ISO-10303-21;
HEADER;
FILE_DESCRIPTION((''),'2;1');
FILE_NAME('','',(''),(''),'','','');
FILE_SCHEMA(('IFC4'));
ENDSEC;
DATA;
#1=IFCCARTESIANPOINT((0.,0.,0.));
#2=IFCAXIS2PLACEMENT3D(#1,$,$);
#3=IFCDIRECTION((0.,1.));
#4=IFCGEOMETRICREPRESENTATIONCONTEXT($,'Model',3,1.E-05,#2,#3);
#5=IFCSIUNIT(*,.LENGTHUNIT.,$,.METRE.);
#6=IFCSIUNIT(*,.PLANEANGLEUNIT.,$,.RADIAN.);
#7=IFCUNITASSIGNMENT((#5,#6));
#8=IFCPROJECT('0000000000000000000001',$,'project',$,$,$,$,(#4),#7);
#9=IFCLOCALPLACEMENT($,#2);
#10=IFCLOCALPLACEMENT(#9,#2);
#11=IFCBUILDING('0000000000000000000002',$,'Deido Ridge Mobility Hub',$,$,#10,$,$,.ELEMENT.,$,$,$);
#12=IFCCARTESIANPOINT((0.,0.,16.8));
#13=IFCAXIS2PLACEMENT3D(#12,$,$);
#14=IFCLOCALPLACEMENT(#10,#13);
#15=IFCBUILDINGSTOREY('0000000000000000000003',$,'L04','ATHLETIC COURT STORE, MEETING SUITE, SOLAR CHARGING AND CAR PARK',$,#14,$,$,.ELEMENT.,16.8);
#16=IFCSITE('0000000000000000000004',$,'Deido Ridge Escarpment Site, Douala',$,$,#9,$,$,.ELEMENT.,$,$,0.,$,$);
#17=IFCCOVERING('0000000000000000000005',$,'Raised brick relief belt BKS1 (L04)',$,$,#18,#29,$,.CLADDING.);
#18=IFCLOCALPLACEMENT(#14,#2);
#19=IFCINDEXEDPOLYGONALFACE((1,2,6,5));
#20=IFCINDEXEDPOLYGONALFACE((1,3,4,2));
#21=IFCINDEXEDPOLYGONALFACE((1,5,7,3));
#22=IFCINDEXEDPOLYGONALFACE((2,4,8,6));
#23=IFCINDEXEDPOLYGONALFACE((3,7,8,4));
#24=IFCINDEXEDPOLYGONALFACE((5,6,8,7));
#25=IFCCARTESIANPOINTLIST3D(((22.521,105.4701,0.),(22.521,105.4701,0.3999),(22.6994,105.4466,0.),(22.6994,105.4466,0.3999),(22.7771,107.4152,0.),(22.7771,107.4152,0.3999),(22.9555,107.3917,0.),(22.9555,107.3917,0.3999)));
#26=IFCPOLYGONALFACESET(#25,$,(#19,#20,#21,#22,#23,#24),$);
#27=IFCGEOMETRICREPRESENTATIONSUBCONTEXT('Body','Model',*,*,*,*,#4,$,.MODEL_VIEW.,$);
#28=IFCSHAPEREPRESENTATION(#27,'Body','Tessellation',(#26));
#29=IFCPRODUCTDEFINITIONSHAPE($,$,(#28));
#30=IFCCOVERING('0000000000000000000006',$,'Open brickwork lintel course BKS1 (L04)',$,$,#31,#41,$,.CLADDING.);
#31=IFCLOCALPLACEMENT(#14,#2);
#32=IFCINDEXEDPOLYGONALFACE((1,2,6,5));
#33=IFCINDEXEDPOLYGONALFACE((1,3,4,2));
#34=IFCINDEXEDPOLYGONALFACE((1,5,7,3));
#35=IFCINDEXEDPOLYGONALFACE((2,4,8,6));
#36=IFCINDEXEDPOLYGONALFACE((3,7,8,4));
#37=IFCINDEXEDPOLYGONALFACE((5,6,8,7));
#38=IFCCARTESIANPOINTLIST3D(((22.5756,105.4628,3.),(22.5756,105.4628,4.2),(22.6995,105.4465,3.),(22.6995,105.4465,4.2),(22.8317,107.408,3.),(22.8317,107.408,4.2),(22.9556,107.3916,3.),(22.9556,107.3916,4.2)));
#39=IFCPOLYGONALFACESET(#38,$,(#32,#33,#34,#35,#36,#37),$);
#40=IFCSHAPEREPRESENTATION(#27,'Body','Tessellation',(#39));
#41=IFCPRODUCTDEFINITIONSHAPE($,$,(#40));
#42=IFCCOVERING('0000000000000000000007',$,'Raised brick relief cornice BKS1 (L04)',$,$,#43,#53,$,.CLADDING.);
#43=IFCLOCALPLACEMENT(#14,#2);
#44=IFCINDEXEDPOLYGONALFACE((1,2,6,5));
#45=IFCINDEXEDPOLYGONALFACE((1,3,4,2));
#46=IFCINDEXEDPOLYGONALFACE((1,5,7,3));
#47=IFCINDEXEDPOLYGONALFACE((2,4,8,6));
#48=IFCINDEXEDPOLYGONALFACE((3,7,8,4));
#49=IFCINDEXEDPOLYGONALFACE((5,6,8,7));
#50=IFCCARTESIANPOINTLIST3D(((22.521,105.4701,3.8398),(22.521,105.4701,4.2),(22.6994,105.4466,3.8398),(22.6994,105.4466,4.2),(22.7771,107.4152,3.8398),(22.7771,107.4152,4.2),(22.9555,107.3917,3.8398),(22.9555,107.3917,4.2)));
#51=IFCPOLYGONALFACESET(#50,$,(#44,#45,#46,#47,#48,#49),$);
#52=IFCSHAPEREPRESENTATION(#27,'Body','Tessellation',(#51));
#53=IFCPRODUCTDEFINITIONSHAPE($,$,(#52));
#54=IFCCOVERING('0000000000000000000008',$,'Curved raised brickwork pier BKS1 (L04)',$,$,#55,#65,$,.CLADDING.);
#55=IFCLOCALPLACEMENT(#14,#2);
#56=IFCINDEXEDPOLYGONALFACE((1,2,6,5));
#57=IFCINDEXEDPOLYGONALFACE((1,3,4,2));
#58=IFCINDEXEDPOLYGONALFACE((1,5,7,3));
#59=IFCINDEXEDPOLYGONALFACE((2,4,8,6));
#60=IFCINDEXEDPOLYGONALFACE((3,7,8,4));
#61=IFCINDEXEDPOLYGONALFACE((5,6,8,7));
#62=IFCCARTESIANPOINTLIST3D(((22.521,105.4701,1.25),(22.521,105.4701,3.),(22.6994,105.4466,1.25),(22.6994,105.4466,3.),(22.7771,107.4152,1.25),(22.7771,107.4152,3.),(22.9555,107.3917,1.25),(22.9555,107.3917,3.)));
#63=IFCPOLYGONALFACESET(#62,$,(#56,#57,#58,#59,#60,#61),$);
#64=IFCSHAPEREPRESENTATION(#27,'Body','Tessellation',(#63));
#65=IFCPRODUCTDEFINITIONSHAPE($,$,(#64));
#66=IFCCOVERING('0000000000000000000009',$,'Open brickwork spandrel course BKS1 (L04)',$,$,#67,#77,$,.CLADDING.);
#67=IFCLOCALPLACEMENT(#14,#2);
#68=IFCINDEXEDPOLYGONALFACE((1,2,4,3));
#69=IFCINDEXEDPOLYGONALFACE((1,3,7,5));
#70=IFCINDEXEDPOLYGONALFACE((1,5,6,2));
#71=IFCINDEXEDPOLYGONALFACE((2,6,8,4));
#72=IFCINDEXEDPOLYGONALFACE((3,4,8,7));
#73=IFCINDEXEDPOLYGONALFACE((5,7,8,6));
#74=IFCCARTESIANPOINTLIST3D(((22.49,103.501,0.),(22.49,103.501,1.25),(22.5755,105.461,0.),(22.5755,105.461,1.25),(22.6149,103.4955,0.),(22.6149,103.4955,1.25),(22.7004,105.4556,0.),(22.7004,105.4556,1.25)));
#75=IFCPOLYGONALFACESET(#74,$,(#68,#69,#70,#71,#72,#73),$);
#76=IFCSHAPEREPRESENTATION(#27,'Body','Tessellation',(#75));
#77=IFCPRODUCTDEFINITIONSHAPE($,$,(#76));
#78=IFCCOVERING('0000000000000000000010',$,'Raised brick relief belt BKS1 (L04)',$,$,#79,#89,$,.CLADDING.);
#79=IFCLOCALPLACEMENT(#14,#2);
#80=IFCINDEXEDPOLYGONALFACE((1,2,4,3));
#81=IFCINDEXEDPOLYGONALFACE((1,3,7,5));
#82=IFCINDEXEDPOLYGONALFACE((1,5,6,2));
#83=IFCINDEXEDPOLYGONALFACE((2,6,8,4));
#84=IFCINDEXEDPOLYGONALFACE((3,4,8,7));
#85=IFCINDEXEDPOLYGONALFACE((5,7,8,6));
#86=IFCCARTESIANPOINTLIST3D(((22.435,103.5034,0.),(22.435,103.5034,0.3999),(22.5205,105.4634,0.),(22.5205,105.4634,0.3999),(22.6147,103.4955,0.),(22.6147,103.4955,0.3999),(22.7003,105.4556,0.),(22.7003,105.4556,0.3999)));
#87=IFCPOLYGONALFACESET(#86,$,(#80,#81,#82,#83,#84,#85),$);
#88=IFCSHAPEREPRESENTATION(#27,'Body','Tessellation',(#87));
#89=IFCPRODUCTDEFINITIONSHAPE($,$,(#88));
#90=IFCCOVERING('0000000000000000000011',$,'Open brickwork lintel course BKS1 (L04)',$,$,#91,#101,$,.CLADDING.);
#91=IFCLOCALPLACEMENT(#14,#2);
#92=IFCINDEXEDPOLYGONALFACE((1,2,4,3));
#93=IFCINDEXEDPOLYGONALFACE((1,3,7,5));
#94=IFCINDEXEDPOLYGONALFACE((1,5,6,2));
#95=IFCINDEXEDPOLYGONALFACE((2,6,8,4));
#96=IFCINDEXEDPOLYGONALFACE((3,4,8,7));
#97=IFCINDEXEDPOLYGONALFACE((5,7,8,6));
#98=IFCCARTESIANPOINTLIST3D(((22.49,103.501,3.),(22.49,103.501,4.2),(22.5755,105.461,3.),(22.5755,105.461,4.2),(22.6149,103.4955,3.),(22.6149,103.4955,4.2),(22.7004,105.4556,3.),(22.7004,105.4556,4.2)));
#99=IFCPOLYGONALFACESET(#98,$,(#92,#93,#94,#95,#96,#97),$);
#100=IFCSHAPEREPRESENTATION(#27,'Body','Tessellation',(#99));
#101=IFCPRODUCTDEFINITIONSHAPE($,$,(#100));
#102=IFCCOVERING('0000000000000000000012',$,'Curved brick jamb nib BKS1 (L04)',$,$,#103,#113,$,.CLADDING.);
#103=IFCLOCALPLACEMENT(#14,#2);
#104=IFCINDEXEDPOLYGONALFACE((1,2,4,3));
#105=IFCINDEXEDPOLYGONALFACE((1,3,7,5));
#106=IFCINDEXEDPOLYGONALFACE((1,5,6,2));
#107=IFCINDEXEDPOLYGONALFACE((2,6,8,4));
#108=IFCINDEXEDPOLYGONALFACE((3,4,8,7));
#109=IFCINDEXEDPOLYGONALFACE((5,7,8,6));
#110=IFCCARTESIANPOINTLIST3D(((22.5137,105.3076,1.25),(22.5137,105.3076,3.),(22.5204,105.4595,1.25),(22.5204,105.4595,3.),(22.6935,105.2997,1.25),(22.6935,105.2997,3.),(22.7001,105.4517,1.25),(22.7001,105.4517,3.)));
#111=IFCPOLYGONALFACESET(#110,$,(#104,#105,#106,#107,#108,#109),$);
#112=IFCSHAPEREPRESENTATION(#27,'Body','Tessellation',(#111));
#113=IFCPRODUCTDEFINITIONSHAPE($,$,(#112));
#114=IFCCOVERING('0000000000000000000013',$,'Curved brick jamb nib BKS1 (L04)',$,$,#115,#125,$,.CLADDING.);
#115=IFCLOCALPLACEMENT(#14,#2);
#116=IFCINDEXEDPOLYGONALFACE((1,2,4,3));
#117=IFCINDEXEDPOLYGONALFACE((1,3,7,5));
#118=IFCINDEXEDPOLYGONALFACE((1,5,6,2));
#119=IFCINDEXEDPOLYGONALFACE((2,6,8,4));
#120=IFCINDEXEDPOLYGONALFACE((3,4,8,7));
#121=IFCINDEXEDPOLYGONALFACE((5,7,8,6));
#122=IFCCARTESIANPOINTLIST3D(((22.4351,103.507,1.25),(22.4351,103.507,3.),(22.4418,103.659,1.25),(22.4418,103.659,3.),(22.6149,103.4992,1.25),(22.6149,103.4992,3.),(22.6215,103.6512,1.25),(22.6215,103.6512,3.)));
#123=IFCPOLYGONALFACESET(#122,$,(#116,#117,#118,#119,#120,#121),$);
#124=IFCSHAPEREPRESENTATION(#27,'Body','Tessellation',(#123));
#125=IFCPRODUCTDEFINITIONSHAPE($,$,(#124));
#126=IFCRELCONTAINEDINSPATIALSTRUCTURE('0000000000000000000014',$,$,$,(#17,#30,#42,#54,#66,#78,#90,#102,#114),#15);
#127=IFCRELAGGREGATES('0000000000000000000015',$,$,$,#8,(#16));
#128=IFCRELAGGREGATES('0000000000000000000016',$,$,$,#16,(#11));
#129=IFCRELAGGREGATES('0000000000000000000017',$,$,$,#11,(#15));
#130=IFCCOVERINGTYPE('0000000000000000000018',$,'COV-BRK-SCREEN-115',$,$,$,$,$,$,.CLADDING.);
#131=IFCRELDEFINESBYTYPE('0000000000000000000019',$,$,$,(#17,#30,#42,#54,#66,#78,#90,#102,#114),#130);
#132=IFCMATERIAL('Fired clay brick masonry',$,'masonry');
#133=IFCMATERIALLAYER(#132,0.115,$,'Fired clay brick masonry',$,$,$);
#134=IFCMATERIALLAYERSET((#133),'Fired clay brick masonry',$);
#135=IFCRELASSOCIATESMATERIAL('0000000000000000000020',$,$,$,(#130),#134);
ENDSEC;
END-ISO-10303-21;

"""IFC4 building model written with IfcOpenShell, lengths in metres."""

from ifc_helpers import new_model, si_unit, direction, frame, origin, origin_2d, place, context, subcontext, project, spatial, rectangle, extrude, material, layer, layer_set, type_object, element, save


model = new_model("IFC4")

# Units and contexts
model_context = context("Model", 3, precision=1e-05, world=origin(), true_north=direction((0.0, 1.0)))
body_context = subcontext(model_context, "Body", "Model", "MODEL_VIEW")
ifc_project = project(units=[si_unit("LENGTHUNIT", "METRE"), si_unit("PLANEANGLEUNIT", "RADIAN")], contexts=[model_context])

# Site, building, storey
site_placement = place(None, origin())
site = spatial("IfcSite", under=ifc_project, at=site_placement, Name="Deido Ridge Escarpment Site, Douala", CompositionType="ELEMENT", RefElevation=0.0)
building_placement = place(site_placement, origin())
building = spatial("IfcBuilding", under=site, at=building_placement, Name="Deido Ridge Mobility Hub", CompositionType="ELEMENT")
storey_placement = place(building_placement, frame((0.0, 0.0, 16.8)))
storey = spatial("IfcBuildingStorey", under=building, at=storey_placement, Name="L04", Description="ATHLETIC COURT STORE, MEETING SUITE, SOLAR CHARGING AND CAR PARK", CompositionType="ELEMENT", Elevation=16.8)

# Coverings
ifc_material_1 = material(Name="Fired clay brick masonry", Category="masonry")
ifc_layer = layer(ifc_material_1, 0.115, Name="Fired clay brick masonry")
ifc_layer_set = layer_set([ifc_layer], Name="Fired clay brick masonry")
covering_type = type_object("IfcCoveringType", Name="COV-BRK-SCREEN-115", PredefinedType="CLADDING", material=ifc_layer_set)
covering_1_placement = place(storey_placement, frame((22.7383, 106.4309, 0.0), z_axis=(0.0, 0.0, 1.0), x_axis=(-0.130543, -0.991443, 0.0)))
element("IfcCovering", 1, at=covering_1_placement, inside=storey, type_object=covering_type, Name="Raised brick relief belt BKS1 (L04)", PredefinedType="CLADDING", context=body_context, shape_type="SweptSolid", body=[
    extrude(rectangle(XDim=1.9619, YDim=0.1799, at=origin_2d()), origin(), (0.0, 0.0, 1.0), 0.3999),
])
covering_2_placement = place(storey_placement, frame((22.7656, 106.4272, 3.0), z_axis=(0.0, 0.0, 1.0), x_axis=(-0.130543, -0.991443, 0.0)))
element("IfcCovering", 2, at=covering_2_placement, inside=storey, type_object=covering_type, Name="Open brickwork lintel course BKS1 (L04)", PredefinedType="CLADDING", context=body_context, shape_type="SweptSolid", body=[
    extrude(rectangle(XDim=1.9619, YDim=0.125, at=origin_2d()), origin(), (0.0, 0.0, 1.0), 1.2),
])
covering_3_placement = place(storey_placement, frame((22.7383, 106.4309, 3.8398), z_axis=(0.0, 0.0, 1.0), x_axis=(-0.130543, -0.991443, 0.0)))
element("IfcCovering", 3, at=covering_3_placement, inside=storey, type_object=covering_type, Name="Raised brick relief cornice BKS1 (L04)", PredefinedType="CLADDING", context=body_context, shape_type="SweptSolid", body=[
    extrude(rectangle(XDim=1.9619, YDim=0.1799, at=origin_2d()), origin(), (0.0, 0.0, 1.0), 0.3601),
])
covering_4_placement = place(storey_placement, frame((22.7383, 106.4309, 1.25), z_axis=(0.0, 0.0, 1.0), x_axis=(-0.130543, -0.991443, 0.0)))
element("IfcCovering", 4, at=covering_4_placement, inside=storey, type_object=covering_type, Name="Curved raised brickwork pier BKS1 (L04)", PredefinedType="CLADDING", context=body_context, shape_type="SweptSolid", body=[
    extrude(rectangle(XDim=1.9619, YDim=0.1799, at=origin_2d()), origin(), (0.0, 0.0, 1.0), 1.75),
])
covering_5_placement = place(storey_placement, frame((22.5952, 104.4783, 0.0), z_axis=(0.0, 0.0, 1.0), x_axis=(-0.043602, -0.999049, 0.0)))
element("IfcCovering", 5, at=covering_5_placement, inside=storey, type_object=covering_type, Name="Open brickwork spandrel course BKS1 (L04)", PredefinedType="CLADDING", context=body_context, shape_type="SweptSolid", body=[
    extrude(rectangle(XDim=1.9619, YDim=0.125, at=origin_2d()), origin(), (0.0, 0.0, 1.0), 1.25),
])
covering_6_placement = place(storey_placement, frame((22.5676, 104.4795, 0.0), z_axis=(0.0, 0.0, 1.0), x_axis=(-0.043602, -0.999049, 0.0)))
element("IfcCovering", 6, at=covering_6_placement, inside=storey, type_object=covering_type, Name="Raised brick relief belt BKS1 (L04)", PredefinedType="CLADDING", context=body_context, shape_type="SweptSolid", body=[
    extrude(rectangle(XDim=1.9619, YDim=0.1799, at=origin_2d()), origin(), (0.0, 0.0, 1.0), 0.3999),
])
covering_7_placement = place(storey_placement, frame((22.5952, 104.4783, 3.0), z_axis=(0.0, 0.0, 1.0), x_axis=(-0.043602, -0.999049, 0.0)))
element("IfcCovering", 7, at=covering_7_placement, inside=storey, type_object=covering_type, Name="Open brickwork lintel course BKS1 (L04)", PredefinedType="CLADDING", context=body_context, shape_type="SweptSolid", body=[
    extrude(rectangle(XDim=1.9619, YDim=0.125, at=origin_2d()), origin(), (0.0, 0.0, 1.0), 1.2),
])
for number, where, z_axis, x_axis, name in (
    (8, (22.6069, 105.3796, 1.25), (0.0, 0.0, 1.0), (-0.043602, -0.999049, 0.0), "Curved brick jamb nib BKS1 (L04)"),
    (9, (22.5283, 103.5791, 1.25), (0.0, 0.0, 1.0), (-0.043602, -0.999049, 0.0), "Curved brick jamb nib BKS1 (L04)"),
):
    element("IfcCovering", number, at=place(storey_placement, frame(where, z_axis=z_axis, x_axis=x_axis)), inside=storey, type_object=covering_type, Name=name, PredefinedType="CLADDING", context=body_context, shape_type="SweptSolid", body=[
        extrude(rectangle(XDim=0.1521, YDim=0.1799, at=origin_2d()), origin(), (0.0, 0.0, 1.0), 1.75),
    ])

save(model, "model.ifc")
